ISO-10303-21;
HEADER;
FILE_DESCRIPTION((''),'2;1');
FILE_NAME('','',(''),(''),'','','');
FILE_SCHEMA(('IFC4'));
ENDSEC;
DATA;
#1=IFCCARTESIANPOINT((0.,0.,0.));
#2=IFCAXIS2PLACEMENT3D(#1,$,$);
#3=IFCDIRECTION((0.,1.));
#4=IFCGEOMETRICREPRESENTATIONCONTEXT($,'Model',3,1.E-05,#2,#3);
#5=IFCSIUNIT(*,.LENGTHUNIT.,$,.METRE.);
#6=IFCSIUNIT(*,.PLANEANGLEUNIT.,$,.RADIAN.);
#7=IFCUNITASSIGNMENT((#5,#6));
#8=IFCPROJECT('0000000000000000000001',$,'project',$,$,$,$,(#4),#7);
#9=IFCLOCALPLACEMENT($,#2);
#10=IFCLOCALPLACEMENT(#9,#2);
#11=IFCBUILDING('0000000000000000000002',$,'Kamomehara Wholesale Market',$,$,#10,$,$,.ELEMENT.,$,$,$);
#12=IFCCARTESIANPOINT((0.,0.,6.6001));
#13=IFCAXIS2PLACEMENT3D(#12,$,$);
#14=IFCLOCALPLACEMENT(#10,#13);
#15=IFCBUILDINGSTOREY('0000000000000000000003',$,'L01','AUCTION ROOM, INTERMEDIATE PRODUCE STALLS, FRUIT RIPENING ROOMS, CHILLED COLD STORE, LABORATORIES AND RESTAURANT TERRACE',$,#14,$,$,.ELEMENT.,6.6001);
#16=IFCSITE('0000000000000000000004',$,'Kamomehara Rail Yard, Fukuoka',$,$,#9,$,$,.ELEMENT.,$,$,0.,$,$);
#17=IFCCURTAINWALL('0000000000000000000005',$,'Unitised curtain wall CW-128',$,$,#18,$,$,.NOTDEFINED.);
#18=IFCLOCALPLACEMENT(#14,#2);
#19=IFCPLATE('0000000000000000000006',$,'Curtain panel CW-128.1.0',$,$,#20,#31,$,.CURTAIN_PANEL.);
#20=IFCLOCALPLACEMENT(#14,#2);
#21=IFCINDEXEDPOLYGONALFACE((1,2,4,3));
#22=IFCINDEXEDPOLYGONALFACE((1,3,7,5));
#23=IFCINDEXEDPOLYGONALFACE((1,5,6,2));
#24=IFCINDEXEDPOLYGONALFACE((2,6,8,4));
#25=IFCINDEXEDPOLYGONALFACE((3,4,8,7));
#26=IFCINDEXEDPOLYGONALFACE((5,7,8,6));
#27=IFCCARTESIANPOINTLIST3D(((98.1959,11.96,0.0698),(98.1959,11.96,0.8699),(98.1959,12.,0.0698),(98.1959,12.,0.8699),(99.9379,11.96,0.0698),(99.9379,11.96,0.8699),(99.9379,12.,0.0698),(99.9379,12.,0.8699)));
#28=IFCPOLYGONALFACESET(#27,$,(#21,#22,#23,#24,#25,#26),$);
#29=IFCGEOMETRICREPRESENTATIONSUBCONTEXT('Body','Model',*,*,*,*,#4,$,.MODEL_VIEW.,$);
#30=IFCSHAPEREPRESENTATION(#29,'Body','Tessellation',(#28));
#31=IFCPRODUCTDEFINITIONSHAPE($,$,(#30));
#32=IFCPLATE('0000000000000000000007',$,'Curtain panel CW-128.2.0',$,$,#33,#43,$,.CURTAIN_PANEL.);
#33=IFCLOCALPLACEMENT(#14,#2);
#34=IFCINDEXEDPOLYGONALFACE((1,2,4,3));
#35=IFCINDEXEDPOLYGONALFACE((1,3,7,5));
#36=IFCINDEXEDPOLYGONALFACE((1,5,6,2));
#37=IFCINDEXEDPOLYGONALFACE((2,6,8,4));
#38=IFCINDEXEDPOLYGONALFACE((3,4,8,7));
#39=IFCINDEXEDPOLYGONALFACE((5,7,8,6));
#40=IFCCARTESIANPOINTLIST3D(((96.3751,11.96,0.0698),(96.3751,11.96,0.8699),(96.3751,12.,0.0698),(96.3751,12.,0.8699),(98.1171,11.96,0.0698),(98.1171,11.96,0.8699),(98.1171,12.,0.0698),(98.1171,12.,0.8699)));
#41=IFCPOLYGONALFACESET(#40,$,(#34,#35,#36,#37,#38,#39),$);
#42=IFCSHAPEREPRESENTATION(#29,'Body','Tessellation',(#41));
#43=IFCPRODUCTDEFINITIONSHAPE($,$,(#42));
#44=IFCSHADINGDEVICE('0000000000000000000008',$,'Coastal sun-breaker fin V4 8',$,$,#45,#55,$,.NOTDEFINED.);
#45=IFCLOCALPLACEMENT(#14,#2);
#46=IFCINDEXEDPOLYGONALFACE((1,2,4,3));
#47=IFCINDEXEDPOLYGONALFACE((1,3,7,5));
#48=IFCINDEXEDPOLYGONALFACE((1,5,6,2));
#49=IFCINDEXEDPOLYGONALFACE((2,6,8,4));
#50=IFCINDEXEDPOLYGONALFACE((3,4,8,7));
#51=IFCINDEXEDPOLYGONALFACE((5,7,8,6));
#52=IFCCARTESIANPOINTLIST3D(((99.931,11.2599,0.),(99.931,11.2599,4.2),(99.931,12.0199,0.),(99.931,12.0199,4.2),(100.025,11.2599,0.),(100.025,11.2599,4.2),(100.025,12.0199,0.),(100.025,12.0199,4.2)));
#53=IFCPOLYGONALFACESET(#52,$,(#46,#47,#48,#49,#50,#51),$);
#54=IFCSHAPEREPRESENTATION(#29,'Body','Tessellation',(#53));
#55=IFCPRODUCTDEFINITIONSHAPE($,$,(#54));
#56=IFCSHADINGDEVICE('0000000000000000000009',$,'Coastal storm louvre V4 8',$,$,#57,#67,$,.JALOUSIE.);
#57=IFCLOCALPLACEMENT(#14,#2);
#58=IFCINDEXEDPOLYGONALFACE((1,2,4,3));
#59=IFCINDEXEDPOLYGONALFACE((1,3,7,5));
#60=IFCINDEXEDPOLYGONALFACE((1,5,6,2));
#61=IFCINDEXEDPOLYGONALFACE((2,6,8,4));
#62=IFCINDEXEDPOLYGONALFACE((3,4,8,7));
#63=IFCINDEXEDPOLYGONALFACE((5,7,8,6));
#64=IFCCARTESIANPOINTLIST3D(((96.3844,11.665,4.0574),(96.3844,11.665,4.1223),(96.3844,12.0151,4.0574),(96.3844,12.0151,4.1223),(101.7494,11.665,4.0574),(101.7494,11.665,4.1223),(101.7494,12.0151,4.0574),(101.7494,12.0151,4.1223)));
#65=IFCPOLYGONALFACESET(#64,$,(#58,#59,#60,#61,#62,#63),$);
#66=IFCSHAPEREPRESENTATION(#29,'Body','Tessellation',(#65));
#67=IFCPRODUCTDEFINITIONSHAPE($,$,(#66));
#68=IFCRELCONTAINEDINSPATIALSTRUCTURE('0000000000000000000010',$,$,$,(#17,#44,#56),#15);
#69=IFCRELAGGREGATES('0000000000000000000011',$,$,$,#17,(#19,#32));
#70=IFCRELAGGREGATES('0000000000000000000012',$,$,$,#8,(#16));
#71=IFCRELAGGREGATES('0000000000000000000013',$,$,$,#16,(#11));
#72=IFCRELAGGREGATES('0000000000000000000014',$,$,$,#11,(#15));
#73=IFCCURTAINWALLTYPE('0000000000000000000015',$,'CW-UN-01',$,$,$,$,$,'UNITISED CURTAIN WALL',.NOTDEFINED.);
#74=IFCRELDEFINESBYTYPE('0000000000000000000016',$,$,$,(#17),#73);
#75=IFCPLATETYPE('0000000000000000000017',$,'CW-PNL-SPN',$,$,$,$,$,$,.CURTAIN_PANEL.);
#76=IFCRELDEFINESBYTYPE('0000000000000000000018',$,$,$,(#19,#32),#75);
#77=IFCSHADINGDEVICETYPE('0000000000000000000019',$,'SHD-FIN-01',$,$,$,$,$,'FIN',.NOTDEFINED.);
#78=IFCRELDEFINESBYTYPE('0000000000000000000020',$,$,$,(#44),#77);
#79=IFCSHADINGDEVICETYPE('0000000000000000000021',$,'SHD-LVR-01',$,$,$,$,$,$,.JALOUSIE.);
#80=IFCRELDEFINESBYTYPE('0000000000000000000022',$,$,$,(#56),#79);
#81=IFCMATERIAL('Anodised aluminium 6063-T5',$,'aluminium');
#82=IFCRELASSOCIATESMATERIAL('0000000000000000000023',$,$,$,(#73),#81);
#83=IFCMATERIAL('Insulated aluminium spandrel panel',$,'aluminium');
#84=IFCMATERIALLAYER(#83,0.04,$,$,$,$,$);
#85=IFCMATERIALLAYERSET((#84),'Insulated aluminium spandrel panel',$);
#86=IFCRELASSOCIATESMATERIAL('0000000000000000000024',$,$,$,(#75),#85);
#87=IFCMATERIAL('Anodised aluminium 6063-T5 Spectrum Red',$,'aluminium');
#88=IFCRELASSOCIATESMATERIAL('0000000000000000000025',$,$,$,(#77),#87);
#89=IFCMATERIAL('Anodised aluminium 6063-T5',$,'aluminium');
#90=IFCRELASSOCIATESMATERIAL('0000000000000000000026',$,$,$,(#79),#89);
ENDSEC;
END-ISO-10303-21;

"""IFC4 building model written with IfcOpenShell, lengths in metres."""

from ifc_helpers import new_model, si_unit, direction, frame, origin, origin_2d, place, context, subcontext, project, spatial, rectangle, extrude, material, layer, layer_set, type_object, element, aggregate, save


model = new_model("IFC4")

# Units and contexts
model_context = context("Model", 3, precision=1e-05, world=origin(), true_north=direction((0.0, 1.0)))
body_context = subcontext(model_context, "Body", "Model", "MODEL_VIEW")
ifc_project = project(units=[si_unit("LENGTHUNIT", "METRE"), si_unit("PLANEANGLEUNIT", "RADIAN")], contexts=[model_context])

# Site, building, storey
site_placement = place(None, origin())
site = spatial("IfcSite", under=ifc_project, at=site_placement, Name="Kamomehara Rail Yard, Fukuoka", CompositionType="ELEMENT", RefElevation=0.0)
building_placement = place(site_placement, origin())
building = spatial("IfcBuilding", under=site, at=building_placement, Name="Kamomehara Wholesale Market", CompositionType="ELEMENT")
storey_placement = place(building_placement, frame((0.0, 0.0, 6.6001)))
storey = spatial("IfcBuildingStorey", under=building, at=storey_placement, Name="L01", Description="AUCTION ROOM, INTERMEDIATE PRODUCE STALLS, FRUIT RIPENING ROOMS, CHILLED COLD STORE, LABORATORIES AND RESTAURANT TERRACE", CompositionType="ELEMENT", Elevation=6.6001)

# Shared definitions
ifc_material_1 = material(Name="Anodised aluminium 6063-T5", Category="aluminium")
curtain_wall_type = type_object("IfcCurtainWallType", Name="CW-UN-01", ElementType="UNITISED CURTAIN WALL", PredefinedType="NOTDEFINED", material=ifc_material_1)

# Curtain wall
curtain_wall_1_placement = place(storey_placement, origin())
curtain_wall_1 = element("IfcCurtainWall", 1, at=curtain_wall_1_placement, inside=storey, type_object=curtain_wall_type, Name="Unitised curtain wall CW-128", PredefinedType="NOTDEFINED")

# Plates
ifc_material_2 = material(Name="Insulated aluminium spandrel panel", Category="aluminium")
ifc_layer_1 = layer(ifc_material_2, 0.04)
ifc_layer_set_1 = layer_set([ifc_layer_1], Name="Insulated aluminium spandrel panel")
plate_type_1 = type_object("IfcPlateType", Name="CW-PNL-SPN", PredefinedType="CURTAIN_PANEL", material=ifc_layer_set_1)
plate_1_placement = place(storey_placement, frame((99.0669, 11.98, 0.0698), z_axis=(0.0, 0.0, 1.0), x_axis=(-1.0, 0.0, 0.0)))
plate_1 = element("IfcPlate", 2, at=plate_1_placement, type_object=plate_type_1, Name="Curtain panel CW-128.1.0", PredefinedType="CURTAIN_PANEL", context=body_context, shape_type="SweptSolid", body=[
    extrude(rectangle(XDim=1.7419, YDim=0.04, at=origin_2d()), origin(), (0.0, 0.0, 1.0), 0.8),
])
plate_2_placement = place(storey_placement, frame((97.2461, 11.98, 0.0698), z_axis=(0.0, 0.0, 1.0), x_axis=(-1.0, 0.0, 0.0)))
plate_2 = element("IfcPlate", 3, at=plate_2_placement, type_object=plate_type_1, Name="Curtain panel CW-128.2.0", PredefinedType="CURTAIN_PANEL", context=body_context, shape_type="SweptSolid", body=[
    extrude(rectangle(XDim=1.7419, YDim=0.04, at=origin_2d()), origin(), (0.0, 0.0, 1.0), 0.8),
])
aggregate(curtain_wall_1, [plate_1, plate_2])

# Shading devices
ifc_material_3 = material(Name="Anodised aluminium 6063-T5 Spectrum Red", Category="aluminium")
shading_device_type_1 = type_object("IfcShadingDeviceType", Name="SHD-FIN-01", ElementType="FIN", PredefinedType="NOTDEFINED", material=ifc_material_3)
shading_device_1_placement = place(storey_placement, frame((99.978, 11.6399, 0.0), z_axis=(0.0, 0.0, 1.0), x_axis=(1.0, 0.0, 0.0)))
element("IfcShadingDevice", 4, at=shading_device_1_placement, inside=storey, type_object=shading_device_type_1, Name="Coastal sun-breaker fin V4 8", PredefinedType="NOTDEFINED", context=body_context, shape_type="SweptSolid", body=[
    extrude(rectangle(XDim=0.094, YDim=0.76, at=origin_2d()), origin(), (0.0, 0.0, 1.0), 4.2),
])
ifc_material_4 = material(Name="Anodised aluminium 6063-T5", Category="aluminium")
shading_device_type_2 = type_object("IfcShadingDeviceType", Name="SHD-LVR-01", PredefinedType="JALOUSIE", material=ifc_material_4)
shading_device_2_placement = place(storey_placement, frame((99.0669, 11.8401, 4.0574), z_axis=(0.0, 0.0, 1.0), x_axis=(1.0, 0.0, 0.0)))
element("IfcShadingDevice", 5, at=shading_device_2_placement, inside=storey, type_object=shading_device_type_2, Name="Coastal storm louvre V4 8", PredefinedType="JALOUSIE", context=body_context, shape_type="SweptSolid", body=[
    extrude(rectangle(XDim=5.365, YDim=0.3501, at=origin_2d()), origin(), (0.0, 0.0, 1.0), 0.0649),
])

save(model, "model.ifc")
